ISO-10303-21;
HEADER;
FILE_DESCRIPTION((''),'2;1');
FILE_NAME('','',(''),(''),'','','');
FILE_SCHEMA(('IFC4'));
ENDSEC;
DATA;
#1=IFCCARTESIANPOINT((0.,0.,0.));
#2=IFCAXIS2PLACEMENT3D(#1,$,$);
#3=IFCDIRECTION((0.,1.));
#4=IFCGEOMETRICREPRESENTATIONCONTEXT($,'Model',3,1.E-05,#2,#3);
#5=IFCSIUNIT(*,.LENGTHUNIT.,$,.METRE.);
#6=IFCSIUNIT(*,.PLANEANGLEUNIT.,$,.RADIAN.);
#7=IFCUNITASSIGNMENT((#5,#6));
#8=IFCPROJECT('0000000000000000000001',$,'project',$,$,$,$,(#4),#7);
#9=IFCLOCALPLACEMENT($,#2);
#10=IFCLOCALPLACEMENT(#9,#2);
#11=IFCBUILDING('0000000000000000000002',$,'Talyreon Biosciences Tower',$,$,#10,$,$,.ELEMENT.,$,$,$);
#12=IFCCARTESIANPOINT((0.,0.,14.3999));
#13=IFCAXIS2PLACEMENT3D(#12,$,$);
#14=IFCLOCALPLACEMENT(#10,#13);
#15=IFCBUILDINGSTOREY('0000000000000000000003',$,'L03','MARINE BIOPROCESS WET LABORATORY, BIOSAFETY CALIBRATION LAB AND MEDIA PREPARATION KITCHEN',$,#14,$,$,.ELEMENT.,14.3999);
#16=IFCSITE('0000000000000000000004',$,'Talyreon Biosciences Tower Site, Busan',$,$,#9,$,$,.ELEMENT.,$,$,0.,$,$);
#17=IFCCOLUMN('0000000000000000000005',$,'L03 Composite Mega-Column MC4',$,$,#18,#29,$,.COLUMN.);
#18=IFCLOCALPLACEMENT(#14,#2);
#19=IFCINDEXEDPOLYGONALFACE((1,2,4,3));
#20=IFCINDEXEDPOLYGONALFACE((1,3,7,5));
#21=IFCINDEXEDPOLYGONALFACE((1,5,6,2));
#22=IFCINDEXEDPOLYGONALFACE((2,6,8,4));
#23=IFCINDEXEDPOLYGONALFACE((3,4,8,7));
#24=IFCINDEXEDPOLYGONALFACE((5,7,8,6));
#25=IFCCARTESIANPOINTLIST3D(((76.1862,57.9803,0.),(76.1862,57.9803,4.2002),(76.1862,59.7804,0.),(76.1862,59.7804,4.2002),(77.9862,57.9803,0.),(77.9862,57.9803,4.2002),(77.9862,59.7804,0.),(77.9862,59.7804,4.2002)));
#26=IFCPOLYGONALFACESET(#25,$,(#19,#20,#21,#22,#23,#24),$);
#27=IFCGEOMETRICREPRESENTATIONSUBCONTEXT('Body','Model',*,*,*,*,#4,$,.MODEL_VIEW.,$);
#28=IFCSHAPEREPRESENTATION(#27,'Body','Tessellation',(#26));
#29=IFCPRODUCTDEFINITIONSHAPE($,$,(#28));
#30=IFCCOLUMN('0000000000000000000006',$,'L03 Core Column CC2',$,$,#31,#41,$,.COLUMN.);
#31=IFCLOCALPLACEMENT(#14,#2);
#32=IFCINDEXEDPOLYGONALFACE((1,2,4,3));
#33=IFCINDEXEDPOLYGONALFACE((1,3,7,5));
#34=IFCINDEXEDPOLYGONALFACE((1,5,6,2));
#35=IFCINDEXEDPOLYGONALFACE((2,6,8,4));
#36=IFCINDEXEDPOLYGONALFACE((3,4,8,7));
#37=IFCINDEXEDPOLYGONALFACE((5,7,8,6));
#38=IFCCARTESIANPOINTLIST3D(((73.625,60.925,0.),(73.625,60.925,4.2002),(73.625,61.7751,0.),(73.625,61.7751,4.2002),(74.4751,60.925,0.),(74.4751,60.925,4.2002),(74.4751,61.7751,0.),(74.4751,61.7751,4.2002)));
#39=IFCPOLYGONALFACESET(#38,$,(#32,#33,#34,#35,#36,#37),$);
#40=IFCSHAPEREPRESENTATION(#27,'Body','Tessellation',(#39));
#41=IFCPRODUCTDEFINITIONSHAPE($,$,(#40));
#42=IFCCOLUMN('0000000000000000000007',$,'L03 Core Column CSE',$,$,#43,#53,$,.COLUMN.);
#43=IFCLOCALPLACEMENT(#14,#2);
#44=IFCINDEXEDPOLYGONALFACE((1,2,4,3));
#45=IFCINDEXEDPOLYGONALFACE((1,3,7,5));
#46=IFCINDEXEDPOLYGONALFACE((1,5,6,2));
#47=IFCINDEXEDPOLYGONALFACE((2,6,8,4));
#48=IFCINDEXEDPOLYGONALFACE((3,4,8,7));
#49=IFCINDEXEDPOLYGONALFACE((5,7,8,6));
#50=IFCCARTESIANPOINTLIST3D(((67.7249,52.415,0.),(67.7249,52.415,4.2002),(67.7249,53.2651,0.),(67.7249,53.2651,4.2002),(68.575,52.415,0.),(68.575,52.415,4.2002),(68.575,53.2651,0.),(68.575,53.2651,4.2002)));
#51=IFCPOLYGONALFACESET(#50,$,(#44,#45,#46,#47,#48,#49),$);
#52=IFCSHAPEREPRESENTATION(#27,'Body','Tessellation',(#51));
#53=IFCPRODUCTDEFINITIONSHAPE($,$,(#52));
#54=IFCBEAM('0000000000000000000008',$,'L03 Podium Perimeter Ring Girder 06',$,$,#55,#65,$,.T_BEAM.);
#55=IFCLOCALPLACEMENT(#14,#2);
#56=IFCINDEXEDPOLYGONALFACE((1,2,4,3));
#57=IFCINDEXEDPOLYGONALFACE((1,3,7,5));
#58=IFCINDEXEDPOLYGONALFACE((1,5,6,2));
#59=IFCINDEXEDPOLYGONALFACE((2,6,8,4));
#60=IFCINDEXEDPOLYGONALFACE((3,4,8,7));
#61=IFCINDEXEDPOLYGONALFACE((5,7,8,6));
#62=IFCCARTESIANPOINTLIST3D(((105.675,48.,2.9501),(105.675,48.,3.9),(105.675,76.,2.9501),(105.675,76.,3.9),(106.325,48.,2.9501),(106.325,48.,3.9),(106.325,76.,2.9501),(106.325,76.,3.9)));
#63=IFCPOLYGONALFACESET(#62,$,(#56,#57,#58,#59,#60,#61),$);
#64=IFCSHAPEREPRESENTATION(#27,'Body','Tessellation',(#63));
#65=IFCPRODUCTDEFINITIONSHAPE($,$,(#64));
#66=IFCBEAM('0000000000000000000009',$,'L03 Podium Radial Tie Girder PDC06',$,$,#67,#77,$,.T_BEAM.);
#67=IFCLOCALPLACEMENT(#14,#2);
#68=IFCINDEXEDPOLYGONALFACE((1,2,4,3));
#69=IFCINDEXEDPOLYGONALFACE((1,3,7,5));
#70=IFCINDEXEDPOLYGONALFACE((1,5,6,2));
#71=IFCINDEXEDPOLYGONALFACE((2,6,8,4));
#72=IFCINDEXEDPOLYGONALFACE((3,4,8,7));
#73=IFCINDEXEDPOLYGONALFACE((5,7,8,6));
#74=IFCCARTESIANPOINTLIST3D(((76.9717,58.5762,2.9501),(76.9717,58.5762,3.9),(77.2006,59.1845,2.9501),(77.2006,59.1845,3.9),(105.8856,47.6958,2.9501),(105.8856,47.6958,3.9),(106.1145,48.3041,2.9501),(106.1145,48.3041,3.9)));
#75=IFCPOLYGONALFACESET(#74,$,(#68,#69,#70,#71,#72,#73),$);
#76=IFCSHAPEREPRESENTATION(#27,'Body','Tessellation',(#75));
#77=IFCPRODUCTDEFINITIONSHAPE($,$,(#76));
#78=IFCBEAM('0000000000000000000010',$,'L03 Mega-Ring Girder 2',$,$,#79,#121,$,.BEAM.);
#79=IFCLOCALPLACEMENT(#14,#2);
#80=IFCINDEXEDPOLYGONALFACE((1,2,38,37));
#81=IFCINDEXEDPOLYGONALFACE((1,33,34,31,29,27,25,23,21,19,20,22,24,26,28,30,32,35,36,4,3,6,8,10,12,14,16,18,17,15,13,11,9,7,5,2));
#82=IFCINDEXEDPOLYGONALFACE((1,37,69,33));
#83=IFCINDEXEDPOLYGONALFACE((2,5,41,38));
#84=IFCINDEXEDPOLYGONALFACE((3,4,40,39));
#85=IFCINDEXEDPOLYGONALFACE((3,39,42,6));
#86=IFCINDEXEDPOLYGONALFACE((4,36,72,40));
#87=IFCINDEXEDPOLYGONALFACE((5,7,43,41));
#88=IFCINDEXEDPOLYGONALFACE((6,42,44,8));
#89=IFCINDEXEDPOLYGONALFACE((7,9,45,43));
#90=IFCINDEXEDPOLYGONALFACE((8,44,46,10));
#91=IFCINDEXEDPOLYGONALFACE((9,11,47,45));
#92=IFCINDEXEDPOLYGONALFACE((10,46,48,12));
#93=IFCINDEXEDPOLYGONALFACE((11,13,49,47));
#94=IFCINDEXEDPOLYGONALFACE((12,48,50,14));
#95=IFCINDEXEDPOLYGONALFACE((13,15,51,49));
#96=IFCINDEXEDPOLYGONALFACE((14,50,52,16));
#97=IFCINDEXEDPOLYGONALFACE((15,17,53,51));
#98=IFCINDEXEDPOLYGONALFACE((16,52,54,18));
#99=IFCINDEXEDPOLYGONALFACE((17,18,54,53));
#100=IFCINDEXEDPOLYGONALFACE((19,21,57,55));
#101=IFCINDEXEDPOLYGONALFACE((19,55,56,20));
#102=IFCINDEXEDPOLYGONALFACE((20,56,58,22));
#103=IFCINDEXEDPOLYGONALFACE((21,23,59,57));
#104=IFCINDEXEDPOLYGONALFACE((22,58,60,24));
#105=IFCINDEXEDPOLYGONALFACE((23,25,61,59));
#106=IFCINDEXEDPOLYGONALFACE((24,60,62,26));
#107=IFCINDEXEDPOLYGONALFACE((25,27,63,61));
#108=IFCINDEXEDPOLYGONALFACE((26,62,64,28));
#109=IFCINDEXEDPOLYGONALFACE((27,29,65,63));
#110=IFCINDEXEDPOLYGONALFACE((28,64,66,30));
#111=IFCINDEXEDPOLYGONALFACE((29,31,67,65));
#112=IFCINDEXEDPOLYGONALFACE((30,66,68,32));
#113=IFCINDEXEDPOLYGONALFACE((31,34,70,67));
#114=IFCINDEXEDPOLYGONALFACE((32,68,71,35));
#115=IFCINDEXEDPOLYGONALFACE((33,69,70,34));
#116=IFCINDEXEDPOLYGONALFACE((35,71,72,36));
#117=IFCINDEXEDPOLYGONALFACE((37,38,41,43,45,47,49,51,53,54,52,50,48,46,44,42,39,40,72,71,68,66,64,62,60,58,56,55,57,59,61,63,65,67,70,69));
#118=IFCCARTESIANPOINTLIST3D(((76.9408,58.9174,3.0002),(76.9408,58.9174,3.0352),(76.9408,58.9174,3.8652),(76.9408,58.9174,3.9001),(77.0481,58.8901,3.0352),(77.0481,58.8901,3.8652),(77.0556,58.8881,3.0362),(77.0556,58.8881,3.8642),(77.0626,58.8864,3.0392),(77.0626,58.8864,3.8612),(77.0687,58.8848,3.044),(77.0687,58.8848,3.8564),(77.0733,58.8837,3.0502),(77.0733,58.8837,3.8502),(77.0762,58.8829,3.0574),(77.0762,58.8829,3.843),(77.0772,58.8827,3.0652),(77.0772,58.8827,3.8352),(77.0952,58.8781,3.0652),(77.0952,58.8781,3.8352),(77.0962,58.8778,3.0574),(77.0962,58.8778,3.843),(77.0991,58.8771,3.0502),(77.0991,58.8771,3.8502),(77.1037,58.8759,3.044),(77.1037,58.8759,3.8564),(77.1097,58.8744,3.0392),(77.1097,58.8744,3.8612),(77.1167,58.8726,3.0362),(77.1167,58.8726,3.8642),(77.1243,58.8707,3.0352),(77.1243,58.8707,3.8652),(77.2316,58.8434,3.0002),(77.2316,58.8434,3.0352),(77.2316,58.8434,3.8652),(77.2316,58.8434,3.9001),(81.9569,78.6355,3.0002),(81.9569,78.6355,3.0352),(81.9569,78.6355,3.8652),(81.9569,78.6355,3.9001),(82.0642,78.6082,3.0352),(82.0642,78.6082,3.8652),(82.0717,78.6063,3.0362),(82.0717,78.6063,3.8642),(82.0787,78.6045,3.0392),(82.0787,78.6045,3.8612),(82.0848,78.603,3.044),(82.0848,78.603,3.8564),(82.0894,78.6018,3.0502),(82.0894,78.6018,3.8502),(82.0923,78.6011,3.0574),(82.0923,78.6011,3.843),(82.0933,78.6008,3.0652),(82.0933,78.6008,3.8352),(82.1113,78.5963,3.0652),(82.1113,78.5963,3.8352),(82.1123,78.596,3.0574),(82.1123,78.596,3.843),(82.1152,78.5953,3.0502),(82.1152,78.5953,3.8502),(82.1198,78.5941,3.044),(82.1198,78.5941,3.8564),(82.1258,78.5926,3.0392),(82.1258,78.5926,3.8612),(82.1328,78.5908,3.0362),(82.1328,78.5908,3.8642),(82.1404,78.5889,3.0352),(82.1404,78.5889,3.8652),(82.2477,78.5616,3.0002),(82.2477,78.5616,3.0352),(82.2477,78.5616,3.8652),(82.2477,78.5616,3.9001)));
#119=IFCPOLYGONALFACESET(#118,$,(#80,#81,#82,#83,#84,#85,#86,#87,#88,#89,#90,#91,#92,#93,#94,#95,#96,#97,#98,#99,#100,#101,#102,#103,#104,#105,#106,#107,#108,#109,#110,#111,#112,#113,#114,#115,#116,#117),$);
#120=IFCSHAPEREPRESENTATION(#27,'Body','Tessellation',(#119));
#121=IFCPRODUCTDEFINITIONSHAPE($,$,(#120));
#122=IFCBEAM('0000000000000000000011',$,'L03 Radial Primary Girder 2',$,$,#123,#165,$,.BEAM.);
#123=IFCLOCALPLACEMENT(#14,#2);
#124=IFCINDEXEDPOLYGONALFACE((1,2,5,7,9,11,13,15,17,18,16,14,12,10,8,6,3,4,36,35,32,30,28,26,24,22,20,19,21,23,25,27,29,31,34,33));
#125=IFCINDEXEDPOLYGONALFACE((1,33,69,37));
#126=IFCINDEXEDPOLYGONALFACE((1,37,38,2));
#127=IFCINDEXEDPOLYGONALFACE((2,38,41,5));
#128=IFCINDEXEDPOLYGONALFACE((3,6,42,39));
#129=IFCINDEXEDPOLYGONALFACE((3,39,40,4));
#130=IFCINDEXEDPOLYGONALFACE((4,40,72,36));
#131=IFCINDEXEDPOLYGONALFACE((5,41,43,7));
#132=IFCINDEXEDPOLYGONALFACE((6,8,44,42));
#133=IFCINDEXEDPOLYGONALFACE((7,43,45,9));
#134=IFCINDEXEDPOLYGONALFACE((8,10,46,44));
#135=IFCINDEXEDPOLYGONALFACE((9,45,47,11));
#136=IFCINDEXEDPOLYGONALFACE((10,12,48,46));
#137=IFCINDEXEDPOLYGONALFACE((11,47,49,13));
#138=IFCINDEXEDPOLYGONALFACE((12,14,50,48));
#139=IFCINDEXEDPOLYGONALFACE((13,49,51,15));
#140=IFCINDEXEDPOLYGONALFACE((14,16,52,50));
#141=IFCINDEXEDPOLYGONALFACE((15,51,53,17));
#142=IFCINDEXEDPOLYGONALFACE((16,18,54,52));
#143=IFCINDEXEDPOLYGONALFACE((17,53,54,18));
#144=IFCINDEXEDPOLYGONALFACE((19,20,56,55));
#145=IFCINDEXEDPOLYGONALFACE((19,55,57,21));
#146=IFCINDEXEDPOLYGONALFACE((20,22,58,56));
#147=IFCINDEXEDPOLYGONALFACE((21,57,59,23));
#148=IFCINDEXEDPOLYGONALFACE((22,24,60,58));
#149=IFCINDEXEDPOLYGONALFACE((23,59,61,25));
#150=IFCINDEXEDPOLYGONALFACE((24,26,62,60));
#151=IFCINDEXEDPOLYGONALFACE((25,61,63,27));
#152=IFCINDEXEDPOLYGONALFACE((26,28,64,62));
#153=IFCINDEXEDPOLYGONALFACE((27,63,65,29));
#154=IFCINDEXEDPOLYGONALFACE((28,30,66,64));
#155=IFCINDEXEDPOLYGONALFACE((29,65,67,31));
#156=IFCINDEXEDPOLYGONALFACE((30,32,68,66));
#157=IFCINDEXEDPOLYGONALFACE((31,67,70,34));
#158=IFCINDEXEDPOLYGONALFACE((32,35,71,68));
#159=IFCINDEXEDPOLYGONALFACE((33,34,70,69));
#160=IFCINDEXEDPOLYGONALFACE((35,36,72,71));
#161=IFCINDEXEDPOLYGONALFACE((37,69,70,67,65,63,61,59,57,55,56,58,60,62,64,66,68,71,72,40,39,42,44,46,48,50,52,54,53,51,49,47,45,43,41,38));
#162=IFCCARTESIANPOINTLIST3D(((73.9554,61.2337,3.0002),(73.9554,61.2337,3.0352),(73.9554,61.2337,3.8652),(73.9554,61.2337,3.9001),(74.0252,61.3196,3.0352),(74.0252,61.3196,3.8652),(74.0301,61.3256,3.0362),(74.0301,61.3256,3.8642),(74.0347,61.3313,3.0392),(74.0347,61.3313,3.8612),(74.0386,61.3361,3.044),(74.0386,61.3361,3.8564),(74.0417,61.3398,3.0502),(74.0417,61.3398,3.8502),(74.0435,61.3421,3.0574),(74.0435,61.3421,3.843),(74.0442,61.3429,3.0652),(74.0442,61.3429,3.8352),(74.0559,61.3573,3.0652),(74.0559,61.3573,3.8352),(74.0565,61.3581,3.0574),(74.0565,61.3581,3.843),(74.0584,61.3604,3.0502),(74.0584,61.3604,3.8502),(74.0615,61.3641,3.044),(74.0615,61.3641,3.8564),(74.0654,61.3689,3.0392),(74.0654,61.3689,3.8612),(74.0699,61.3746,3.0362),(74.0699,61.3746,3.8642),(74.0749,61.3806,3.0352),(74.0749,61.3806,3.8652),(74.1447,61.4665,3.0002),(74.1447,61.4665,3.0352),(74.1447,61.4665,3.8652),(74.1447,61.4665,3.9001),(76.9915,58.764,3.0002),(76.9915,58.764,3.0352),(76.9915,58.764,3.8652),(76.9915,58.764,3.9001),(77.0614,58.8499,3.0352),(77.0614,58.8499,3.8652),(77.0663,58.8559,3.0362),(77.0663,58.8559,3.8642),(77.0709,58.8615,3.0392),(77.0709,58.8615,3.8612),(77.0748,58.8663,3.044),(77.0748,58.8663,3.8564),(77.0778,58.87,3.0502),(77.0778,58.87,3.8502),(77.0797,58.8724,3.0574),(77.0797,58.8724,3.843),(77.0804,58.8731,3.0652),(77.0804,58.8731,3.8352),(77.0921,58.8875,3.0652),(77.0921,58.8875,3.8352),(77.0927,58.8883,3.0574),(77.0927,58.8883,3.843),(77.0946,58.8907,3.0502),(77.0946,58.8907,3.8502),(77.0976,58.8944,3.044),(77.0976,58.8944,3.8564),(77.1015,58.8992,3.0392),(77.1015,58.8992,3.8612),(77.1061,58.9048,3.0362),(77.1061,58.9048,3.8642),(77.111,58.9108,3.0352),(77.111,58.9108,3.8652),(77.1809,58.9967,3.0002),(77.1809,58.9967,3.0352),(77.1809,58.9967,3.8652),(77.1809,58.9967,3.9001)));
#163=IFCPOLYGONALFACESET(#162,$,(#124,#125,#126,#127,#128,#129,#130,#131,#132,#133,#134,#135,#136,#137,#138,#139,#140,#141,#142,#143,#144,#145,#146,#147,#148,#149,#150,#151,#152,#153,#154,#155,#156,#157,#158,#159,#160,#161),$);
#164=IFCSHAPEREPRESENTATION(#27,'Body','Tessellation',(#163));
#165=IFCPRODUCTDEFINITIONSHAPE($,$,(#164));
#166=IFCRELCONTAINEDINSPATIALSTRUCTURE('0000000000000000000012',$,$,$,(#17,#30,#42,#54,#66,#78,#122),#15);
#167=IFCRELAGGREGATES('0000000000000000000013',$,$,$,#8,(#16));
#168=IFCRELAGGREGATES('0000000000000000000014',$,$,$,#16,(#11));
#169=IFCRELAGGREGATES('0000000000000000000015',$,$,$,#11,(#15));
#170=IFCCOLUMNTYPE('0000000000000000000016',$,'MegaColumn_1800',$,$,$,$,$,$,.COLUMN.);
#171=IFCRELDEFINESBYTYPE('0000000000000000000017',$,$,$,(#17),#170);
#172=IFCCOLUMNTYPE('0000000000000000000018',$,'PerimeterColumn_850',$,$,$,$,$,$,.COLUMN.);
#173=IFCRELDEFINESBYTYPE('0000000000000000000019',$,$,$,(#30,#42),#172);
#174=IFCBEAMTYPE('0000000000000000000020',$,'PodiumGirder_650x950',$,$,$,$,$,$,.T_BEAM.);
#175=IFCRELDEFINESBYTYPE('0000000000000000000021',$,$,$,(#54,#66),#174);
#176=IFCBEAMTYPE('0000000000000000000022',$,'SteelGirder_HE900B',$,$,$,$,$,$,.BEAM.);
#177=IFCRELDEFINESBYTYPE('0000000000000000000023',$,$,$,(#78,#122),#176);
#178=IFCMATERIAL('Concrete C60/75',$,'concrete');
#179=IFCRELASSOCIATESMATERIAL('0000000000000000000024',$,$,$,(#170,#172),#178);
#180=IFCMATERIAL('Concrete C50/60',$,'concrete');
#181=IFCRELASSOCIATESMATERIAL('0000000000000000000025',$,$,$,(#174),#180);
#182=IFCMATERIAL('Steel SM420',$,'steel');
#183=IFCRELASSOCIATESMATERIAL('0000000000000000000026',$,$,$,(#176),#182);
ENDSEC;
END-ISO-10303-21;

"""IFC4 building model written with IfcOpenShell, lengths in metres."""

from ifc_helpers import new_model, si_unit, direction, frame, origin, origin_2d, place, context, subcontext, project, spatial, rectangle, i_section, extrude, material, material_profile, profile_set, type_object, element, save


model = new_model("IFC4")

# Units and contexts
model_context = context("Model", 3, precision=1e-05, world=origin(), true_north=direction((0.0, 1.0)))
body_context = subcontext(model_context, "Body", "Model", "MODEL_VIEW")
ifc_project = project(units=[si_unit("LENGTHUNIT", "METRE"), si_unit("PLANEANGLEUNIT", "RADIAN")], contexts=[model_context])

# Site, building, storey
site_placement = place(None, origin())
site = spatial("IfcSite", under=ifc_project, at=site_placement, Name="Talyreon Biosciences Tower Site, Busan", CompositionType="ELEMENT", RefElevation=0.0)
building_placement = place(site_placement, origin())
building = spatial("IfcBuilding", under=site, at=building_placement, Name="Talyreon Biosciences Tower", CompositionType="ELEMENT")
storey_placement = place(building_placement, frame((0.0, 0.0, 14.3999)))
storey = spatial("IfcBuildingStorey", under=building, at=storey_placement, Name="L03", Description="MARINE BIOPROCESS WET LABORATORY, BIOSAFETY CALIBRATION LAB AND MEDIA PREPARATION KITCHEN", CompositionType="ELEMENT", Elevation=14.3999)

# Columns
ifc_material_1 = material(Name="Concrete C60/75", Category="concrete")
ifc_material_profile_1 = material_profile(ifc_material_1, rectangle(XDim=1.8, YDim=1.8, at=origin_2d()), Name="RC 1800x1800")
ifc_profile_set_1 = profile_set([ifc_material_profile_1], Name="Concrete C60/75")
column_type_1 = type_object("IfcColumnType", Name="MegaColumn_1800", PredefinedType="COLUMN", material=ifc_profile_set_1)
column_placement = place(storey_placement, frame((77.0862, 58.8804, 0.0), z_axis=(0.0, 0.0, 1.0), x_axis=(1.0, 0.0, 0.0)))
element("IfcColumn", 1, at=column_placement, inside=storey, type_object=column_type_1, Name="L03 Composite Mega-Column MC4", PredefinedType="COLUMN", context=body_context, shape_type="SweptSolid", body=[
    extrude(rectangle(XDim=1.8, YDim=1.8, at=origin_2d()), origin(), (0.0, 0.0, 1.0), 4.2002),
])
ifc_material_profile_2 = material_profile(ifc_material_1, rectangle(XDim=0.8501, YDim=0.8501, at=origin_2d()), Name="RC 850x850")
ifc_profile_set_2 = profile_set([ifc_material_profile_2], Name="Concrete C60/75")
column_type_2 = type_object("IfcColumnType", Name="PerimeterColumn_850", PredefinedType="COLUMN", material=ifc_profile_set_2)
for number, where, z_axis, x_axis, name in (
    (2, (74.05, 61.3501, 0.0), (0.0, 0.0, 1.0), (1.0, 0.0, 0.0), "L03 Core Column CC2"),
    (3, (68.1499, 52.8401, 0.0), (0.0, 0.0, 1.0), (1.0, 0.0, 0.0), "L03 Core Column CSE"),
):
    element("IfcColumn", number, at=place(storey_placement, frame(where, z_axis=z_axis, x_axis=x_axis)), inside=storey, type_object=column_type_2, Name=name, PredefinedType="COLUMN", context=body_context, shape_type="SweptSolid", body=[
        extrude(rectangle(XDim=0.8501, YDim=0.8501, at=origin_2d()), origin(), (0.0, 0.0, 1.0), 4.2002),
    ])

# Beams
ifc_material_2 = material(Name="Concrete C50/60", Category="concrete")
ifc_material_profile_3 = material_profile(ifc_material_2, rectangle(XDim=0.6499, YDim=0.95, at=origin_2d()), Name="RCB 650x950")
ifc_profile_set_3 = profile_set([ifc_material_profile_3], Name="Concrete C50/60")
beam_type_1 = type_object("IfcBeamType", Name="PodiumGirder_650x950", PredefinedType="T_BEAM", material=ifc_profile_set_3)
beam_1_placement = place(storey_placement, frame((106.0, 48.0, 3.425), z_axis=(0.0, 1.0, 0.0), x_axis=(-1.0, 0.0, 0.0)))
element("IfcBeam", 4, at=beam_1_placement, inside=storey, type_object=beam_type_1, Name="L03 Podium Perimeter Ring Girder 06", PredefinedType="T_BEAM", context=body_context, shape_type="SweptSolid", body=[
    extrude(rectangle(XDim=0.6499, YDim=0.95, at=origin_2d()), origin(), (0.0, 0.0, 1.0), 28.0),
])
beam_2_placement = place(storey_placement, frame((77.0862, 58.8804, 3.425), z_axis=(0.935927, -0.352193, 0.0), x_axis=(0.352193, 0.935927, 0.0)))
element("IfcBeam", 5, at=beam_2_placement, inside=storey, type_object=beam_type_1, Name="L03 Podium Radial Tie Girder PDC06", PredefinedType="T_BEAM", context=body_context, shape_type="SweptSolid", body=[
    extrude(rectangle(XDim=0.6499, YDim=0.95, at=origin_2d()), origin(), (0.0, 0.0, 1.0), 30.8933),
])
ifc_material_3 = material(Name="Steel SM420", Category="steel")
ifc_material_profile_4 = material_profile(ifc_material_3, i_section(OverallWidth=0.3, OverallDepth=0.8999, WebThickness=0.0186, FlangeThickness=0.0349, FilletRadius=0.03, at=origin_2d()), Name="HE900B")
ifc_profile_set_4 = profile_set([ifc_material_profile_4], Name="Steel SM420")
beam_type_2 = type_object("IfcBeamType", Name="SteelGirder_HE900B", PredefinedType="BEAM", material=ifc_profile_set_4)
beam_3_placement = place(storey_placement, frame((77.0862, 58.8804, 3.4502), z_axis=(0.246537, 0.969133, 0.0), x_axis=(-0.969133, 0.246537, 0.0)))
element("IfcBeam", 6, at=beam_3_placement, inside=storey, type_object=beam_type_2, Name="L03 Mega-Ring Girder 2", PredefinedType="BEAM", context=body_context, shape_type="SweptSolid", body=[
    extrude(i_section(OverallWidth=0.3, OverallDepth=0.8999, WebThickness=0.0186, FlangeThickness=0.0349, FilletRadius=0.03, at=origin_2d()), origin(), (0.0, 0.0, 1.0), 20.3462),
])
beam_4_placement = place(storey_placement, frame((74.05, 61.3501, 3.4502), z_axis=(0.775755, -0.631034, 0.0), x_axis=(0.631034, 0.775755, 0.0)))
element("IfcBeam", 7, at=beam_4_placement, inside=storey, type_object=beam_type_2, Name="L03 Radial Primary Girder 2", PredefinedType="BEAM", context=body_context, shape_type="SweptSolid", body=[
    extrude(i_section(OverallWidth=0.3, OverallDepth=0.8999, WebThickness=0.0186, FlangeThickness=0.0349, FilletRadius=0.03, at=origin_2d()), origin(), (0.0, 0.0, 1.0), 3.9138),
])

save(model, "model.ifc")
